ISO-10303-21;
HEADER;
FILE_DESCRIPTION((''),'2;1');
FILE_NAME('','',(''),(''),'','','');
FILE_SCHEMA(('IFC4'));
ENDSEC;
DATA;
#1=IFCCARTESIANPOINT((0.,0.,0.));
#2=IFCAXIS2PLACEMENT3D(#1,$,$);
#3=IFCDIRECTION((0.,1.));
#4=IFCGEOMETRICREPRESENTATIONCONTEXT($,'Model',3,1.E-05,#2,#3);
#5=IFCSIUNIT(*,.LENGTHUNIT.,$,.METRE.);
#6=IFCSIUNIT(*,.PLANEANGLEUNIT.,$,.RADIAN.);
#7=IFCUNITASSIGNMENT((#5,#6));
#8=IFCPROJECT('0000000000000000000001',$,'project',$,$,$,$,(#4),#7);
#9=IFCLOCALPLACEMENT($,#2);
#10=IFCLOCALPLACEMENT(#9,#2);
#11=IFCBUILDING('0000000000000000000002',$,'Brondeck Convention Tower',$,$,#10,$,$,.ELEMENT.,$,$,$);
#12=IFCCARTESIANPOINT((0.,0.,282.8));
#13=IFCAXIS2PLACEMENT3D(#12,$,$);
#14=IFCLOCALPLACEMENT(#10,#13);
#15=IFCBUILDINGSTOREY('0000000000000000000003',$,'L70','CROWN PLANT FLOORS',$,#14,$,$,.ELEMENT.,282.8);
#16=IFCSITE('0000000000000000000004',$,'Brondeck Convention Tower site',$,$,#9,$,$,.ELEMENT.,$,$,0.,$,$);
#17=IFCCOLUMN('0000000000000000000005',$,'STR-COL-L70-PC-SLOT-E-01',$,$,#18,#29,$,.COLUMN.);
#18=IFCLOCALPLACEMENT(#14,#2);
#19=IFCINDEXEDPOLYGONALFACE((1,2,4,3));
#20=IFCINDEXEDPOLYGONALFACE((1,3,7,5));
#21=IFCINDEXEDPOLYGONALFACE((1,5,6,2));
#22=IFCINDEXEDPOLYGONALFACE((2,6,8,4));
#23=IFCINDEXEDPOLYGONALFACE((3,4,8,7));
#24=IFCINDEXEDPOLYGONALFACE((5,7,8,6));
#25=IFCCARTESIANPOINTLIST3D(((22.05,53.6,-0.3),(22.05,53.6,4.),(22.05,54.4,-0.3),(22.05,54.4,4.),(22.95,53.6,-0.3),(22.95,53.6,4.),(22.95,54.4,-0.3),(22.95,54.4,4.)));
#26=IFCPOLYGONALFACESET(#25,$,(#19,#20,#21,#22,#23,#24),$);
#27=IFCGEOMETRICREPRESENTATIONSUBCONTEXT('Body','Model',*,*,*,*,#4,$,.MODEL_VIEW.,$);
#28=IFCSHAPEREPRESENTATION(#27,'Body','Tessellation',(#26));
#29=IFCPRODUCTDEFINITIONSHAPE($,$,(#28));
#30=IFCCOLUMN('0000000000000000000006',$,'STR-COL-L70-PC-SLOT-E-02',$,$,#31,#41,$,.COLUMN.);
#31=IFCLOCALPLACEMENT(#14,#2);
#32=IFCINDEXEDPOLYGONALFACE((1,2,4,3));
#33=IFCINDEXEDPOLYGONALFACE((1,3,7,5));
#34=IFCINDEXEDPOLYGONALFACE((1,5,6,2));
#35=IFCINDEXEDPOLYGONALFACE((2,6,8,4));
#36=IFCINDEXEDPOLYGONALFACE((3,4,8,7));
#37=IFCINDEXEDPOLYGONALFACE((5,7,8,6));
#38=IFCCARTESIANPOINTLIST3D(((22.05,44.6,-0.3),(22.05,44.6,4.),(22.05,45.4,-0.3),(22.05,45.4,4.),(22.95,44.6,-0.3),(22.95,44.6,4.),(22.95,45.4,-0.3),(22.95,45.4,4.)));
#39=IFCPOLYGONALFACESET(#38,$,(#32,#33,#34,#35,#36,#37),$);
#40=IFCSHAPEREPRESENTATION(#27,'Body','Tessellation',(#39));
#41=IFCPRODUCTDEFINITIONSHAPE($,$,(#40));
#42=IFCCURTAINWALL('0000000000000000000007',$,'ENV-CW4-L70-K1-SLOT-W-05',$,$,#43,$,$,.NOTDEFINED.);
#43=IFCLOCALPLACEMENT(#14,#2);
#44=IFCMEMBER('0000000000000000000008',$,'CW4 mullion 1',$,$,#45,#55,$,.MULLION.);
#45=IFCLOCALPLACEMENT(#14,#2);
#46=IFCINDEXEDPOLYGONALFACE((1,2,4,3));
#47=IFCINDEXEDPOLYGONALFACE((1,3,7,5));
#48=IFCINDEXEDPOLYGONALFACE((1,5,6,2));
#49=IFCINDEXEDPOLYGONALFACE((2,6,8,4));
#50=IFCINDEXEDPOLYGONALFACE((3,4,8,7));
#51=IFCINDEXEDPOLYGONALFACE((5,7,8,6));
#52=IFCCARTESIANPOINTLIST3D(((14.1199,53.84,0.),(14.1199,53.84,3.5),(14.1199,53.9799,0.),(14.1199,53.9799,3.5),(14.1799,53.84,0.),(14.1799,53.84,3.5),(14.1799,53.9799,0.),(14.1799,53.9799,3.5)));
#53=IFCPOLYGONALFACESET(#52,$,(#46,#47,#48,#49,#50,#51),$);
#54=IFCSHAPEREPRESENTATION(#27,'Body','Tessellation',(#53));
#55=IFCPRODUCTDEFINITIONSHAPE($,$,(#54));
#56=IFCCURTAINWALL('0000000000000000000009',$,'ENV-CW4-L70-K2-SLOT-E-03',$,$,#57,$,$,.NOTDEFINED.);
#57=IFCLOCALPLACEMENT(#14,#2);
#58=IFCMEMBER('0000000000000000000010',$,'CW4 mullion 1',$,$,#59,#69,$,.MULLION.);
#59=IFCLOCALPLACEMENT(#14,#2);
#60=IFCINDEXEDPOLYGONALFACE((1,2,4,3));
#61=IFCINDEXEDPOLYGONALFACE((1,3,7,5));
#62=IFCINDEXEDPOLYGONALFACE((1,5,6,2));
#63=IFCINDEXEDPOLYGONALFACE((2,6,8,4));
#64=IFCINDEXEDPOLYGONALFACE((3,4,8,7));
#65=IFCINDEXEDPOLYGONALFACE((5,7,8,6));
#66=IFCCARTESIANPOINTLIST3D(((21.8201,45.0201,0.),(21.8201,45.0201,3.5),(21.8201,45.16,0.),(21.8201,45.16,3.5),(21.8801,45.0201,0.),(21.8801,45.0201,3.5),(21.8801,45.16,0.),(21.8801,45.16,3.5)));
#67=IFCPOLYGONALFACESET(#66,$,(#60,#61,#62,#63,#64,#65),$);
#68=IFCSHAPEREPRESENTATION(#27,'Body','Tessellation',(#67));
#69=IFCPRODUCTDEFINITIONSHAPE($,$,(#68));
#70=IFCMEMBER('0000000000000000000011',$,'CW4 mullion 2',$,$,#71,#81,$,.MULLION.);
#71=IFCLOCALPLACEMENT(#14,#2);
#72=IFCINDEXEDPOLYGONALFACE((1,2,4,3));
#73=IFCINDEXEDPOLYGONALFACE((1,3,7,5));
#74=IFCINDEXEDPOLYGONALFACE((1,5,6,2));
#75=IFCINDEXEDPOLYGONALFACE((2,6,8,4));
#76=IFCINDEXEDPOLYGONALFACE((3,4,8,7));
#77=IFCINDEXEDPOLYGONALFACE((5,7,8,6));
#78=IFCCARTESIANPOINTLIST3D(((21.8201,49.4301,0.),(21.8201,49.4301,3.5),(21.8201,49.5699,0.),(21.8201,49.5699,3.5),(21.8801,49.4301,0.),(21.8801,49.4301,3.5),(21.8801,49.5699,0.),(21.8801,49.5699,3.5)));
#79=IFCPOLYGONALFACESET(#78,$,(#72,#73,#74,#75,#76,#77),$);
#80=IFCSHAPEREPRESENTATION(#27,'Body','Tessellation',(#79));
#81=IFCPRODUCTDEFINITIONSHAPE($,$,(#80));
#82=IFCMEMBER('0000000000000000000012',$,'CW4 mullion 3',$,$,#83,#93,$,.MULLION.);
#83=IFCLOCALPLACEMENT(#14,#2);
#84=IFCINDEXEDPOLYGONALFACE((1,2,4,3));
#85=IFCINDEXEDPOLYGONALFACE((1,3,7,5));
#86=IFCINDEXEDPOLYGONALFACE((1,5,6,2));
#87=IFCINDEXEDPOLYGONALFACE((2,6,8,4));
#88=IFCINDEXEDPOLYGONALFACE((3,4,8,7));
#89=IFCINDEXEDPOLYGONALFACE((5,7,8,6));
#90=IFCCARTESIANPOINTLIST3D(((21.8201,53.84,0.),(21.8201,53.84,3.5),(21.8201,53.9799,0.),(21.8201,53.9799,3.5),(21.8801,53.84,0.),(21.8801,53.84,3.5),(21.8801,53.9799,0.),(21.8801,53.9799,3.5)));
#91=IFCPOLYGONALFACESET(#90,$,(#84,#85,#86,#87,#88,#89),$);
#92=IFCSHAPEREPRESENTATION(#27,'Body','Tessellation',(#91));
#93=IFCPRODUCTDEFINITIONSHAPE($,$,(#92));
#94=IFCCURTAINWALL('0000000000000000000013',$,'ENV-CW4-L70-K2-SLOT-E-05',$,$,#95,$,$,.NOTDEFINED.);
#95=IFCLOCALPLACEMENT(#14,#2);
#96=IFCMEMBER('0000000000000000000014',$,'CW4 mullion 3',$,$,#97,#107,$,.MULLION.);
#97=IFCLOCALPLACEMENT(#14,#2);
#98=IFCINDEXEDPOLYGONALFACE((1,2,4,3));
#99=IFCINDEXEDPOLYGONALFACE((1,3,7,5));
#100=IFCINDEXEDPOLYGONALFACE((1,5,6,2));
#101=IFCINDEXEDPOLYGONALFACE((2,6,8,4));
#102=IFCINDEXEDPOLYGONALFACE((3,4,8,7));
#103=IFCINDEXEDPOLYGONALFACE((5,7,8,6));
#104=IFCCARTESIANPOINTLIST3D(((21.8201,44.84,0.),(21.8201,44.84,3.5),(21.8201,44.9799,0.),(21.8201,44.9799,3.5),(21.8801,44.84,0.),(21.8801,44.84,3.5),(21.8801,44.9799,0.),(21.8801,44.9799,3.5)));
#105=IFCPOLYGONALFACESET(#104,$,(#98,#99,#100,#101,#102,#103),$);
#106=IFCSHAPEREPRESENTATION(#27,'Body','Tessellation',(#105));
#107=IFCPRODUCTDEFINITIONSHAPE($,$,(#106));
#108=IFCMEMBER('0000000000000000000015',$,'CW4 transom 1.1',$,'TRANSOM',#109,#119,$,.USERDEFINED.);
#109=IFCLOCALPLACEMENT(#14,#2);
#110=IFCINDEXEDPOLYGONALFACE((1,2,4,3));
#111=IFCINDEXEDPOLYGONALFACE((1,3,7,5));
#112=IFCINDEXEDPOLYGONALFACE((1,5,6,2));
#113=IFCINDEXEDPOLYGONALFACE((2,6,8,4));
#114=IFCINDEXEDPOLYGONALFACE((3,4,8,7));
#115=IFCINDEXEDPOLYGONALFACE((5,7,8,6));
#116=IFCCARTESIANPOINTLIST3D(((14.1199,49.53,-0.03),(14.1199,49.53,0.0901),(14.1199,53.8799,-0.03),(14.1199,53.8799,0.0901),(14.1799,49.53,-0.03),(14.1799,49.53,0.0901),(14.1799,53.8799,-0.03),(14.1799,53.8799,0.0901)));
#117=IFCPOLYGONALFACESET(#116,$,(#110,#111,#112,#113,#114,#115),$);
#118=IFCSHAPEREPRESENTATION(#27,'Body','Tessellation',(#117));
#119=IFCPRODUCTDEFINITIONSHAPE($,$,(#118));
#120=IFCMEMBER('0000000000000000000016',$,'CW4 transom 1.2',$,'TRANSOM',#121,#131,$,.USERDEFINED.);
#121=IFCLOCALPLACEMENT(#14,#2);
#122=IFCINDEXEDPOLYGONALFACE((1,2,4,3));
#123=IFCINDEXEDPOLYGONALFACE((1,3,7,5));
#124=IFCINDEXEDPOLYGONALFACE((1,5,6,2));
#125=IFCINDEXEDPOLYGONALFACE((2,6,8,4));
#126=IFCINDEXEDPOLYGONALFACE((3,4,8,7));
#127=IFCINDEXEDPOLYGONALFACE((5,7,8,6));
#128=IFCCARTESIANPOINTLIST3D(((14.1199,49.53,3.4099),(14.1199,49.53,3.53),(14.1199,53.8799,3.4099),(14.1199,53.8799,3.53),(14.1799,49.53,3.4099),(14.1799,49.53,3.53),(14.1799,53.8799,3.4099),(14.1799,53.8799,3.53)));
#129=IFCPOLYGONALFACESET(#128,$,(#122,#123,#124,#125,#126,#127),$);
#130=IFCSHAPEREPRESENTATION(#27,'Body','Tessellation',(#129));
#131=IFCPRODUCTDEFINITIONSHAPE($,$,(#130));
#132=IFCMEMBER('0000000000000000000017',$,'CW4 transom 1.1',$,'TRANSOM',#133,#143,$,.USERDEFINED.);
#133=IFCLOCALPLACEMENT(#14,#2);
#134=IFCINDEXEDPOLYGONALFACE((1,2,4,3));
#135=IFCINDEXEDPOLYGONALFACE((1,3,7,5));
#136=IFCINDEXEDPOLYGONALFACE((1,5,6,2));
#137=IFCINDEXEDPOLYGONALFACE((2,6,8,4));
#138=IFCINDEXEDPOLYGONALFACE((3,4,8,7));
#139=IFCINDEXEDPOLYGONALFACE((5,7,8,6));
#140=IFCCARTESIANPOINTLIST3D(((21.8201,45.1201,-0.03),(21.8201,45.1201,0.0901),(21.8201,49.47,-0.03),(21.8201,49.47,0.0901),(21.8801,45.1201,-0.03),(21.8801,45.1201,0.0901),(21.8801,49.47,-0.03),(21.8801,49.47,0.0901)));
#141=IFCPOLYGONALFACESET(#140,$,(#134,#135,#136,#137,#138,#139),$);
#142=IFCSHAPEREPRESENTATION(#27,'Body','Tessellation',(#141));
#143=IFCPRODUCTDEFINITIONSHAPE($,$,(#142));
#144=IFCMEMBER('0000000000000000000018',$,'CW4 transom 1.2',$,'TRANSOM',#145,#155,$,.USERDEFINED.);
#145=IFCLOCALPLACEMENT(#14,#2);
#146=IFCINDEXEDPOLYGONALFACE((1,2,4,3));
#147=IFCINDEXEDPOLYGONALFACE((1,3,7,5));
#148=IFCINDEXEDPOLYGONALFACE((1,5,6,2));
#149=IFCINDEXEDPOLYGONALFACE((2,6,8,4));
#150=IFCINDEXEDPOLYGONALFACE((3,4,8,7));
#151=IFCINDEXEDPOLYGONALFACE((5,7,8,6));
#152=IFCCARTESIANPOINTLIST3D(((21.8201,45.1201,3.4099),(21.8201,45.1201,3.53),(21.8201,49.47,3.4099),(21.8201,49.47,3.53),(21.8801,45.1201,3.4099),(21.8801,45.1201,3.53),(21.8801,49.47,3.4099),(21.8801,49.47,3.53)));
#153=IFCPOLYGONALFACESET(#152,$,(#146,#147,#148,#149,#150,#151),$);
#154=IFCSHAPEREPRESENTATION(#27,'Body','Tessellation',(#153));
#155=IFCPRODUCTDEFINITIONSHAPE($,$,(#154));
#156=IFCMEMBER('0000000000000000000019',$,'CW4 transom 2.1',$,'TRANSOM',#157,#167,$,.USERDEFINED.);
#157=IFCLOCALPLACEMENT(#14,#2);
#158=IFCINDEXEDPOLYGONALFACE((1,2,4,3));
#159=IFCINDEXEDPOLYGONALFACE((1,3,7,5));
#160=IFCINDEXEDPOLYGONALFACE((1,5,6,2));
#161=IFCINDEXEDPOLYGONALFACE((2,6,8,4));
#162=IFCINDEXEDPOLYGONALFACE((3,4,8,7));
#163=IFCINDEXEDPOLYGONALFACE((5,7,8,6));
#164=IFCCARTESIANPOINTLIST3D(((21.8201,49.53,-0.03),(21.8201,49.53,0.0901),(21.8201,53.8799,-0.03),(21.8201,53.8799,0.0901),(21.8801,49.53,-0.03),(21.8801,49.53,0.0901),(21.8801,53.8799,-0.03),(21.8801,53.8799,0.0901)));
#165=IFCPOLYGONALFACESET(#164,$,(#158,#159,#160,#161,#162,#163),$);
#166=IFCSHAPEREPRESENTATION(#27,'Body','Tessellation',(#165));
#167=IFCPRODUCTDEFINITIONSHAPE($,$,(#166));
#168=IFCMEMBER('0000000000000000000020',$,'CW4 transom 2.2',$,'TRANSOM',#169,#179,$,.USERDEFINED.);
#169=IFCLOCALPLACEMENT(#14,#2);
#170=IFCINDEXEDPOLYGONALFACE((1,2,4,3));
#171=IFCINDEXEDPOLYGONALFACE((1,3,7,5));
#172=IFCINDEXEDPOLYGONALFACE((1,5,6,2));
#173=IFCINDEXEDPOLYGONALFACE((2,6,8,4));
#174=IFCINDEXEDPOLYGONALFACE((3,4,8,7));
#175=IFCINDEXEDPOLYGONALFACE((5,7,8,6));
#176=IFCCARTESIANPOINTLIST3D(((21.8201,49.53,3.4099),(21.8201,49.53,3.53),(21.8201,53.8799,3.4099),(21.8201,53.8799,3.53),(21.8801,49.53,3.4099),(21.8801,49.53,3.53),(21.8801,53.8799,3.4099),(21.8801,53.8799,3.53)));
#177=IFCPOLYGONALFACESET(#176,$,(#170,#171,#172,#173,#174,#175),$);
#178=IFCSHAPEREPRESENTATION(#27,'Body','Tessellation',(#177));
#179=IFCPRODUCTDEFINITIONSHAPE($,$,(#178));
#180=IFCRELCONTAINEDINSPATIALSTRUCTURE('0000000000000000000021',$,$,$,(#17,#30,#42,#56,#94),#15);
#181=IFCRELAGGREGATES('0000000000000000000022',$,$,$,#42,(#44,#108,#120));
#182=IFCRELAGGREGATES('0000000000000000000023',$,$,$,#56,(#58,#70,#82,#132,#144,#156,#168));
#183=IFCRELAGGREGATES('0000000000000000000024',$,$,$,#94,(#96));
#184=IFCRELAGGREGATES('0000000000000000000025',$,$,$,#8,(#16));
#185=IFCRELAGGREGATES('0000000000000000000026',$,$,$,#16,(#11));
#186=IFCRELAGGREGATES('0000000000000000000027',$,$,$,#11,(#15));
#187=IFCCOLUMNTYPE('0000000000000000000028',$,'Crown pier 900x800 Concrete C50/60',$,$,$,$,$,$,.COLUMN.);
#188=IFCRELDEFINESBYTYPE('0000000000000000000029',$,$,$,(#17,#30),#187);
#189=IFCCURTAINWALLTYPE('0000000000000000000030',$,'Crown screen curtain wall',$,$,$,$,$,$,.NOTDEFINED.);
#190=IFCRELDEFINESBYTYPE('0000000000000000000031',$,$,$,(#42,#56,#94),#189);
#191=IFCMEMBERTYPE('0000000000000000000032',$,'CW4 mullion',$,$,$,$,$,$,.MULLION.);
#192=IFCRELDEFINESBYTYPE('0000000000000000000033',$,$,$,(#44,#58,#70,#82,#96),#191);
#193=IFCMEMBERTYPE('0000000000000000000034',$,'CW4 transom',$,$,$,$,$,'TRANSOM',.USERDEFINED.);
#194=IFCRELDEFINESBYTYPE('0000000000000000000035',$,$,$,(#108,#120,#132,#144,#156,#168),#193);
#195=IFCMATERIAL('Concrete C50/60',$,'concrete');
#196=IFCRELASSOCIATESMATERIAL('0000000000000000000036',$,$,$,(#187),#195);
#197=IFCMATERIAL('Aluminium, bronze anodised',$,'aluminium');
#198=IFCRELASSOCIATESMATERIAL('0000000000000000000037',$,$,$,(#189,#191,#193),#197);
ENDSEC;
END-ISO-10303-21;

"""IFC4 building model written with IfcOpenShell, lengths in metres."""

from ifc_helpers import new_model, si_unit, direction, frame, origin, origin_2d, place, context, subcontext, project, spatial, rectangle, extrude, material, material_profile, profile_set, type_object, element, aggregate, save


model = new_model("IFC4")

# Units and contexts
model_context = context("Model", 3, precision=1e-05, world=origin(), true_north=direction((0.0, 1.0)))
body_context = subcontext(model_context, "Body", "Model", "MODEL_VIEW")
ifc_project = project(units=[si_unit("LENGTHUNIT", "METRE"), si_unit("PLANEANGLEUNIT", "RADIAN")], contexts=[model_context])

# Site, building, storey
site_placement = place(None, origin())
site = spatial("IfcSite", under=ifc_project, at=site_placement, Name="Brondeck Convention Tower site", CompositionType="ELEMENT", RefElevation=0.0)
building_placement = place(site_placement, origin())
building = spatial("IfcBuilding", under=site, at=building_placement, Name="Brondeck Convention Tower", CompositionType="ELEMENT")
storey_placement = place(building_placement, frame((0.0, 0.0, 282.8)))
storey = spatial("IfcBuildingStorey", under=building, at=storey_placement, Name="L70", Description="CROWN PLANT FLOORS", CompositionType="ELEMENT", Elevation=282.8)

# Columns
ifc_material_1 = material(Name="Concrete C50/60", Category="concrete")
ifc_material_profile_1 = material_profile(ifc_material_1, rectangle(XDim=0.8999, YDim=0.8, at=origin_2d()), Name="Crown pier 900x800 Concrete C50/60")
ifc_profile_set_1 = profile_set([ifc_material_profile_1], Name="Concrete C50/60")
column_type = type_object("IfcColumnType", Name="Crown pier 900x800 Concrete C50/60", PredefinedType="COLUMN", material=ifc_profile_set_1)
for number, where, z_axis, x_axis, name in (
    (1, (22.5, 54.0, -0.3), (0.0, 0.0, 1.0), (1.0, 0.0, 0.0), "STR-COL-L70-PC-SLOT-E-01"),
    (2, (22.5, 45.0, -0.3), (0.0, 0.0, 1.0), (1.0, 0.0, 0.0), "STR-COL-L70-PC-SLOT-E-02"),
):
    element("IfcColumn", number, at=place(storey_placement, frame(where, z_axis=z_axis, x_axis=x_axis)), inside=storey, type_object=column_type, Name=name, PredefinedType="COLUMN", context=body_context, shape_type="SweptSolid", body=[
        extrude(rectangle(XDim=0.8999, YDim=0.8, at=origin_2d()), origin(), (0.0, 0.0, 1.0), 4.3),
    ])

# Curtain wall, member
ifc_material_2 = material(Name="Aluminium, bronze anodised", Category="aluminium")
curtain_wall_type = type_object("IfcCurtainWallType", Name="Crown screen curtain wall", PredefinedType="NOTDEFINED", material=ifc_material_2)
curtain_wall_1_placement = place(storey_placement, origin())
curtain_wall_1 = element("IfcCurtainWall", 3, at=curtain_wall_1_placement, inside=storey, type_object=curtain_wall_type, Name="ENV-CW4-L70-K1-SLOT-W-05", PredefinedType="NOTDEFINED")
ifc_material_profile_2 = material_profile(ifc_material_2, rectangle(XDim=0.0601, YDim=0.1399, at=origin_2d()), Name="CW4 mullion")
ifc_profile_set_2 = profile_set([ifc_material_profile_2], Name="Aluminium, bronze anodised")
member_type_1 = type_object("IfcMemberType", Name="CW4 mullion", PredefinedType="MULLION", material=ifc_profile_set_2)
member_1_placement = place(storey_placement, frame((14.1499, 53.9099, 0.0), z_axis=(0.0, 0.0, 1.0), x_axis=(1.0, 0.0, 0.0)))
member_1 = element("IfcMember", 4, at=member_1_placement, type_object=member_type_1, Name="CW4 mullion 1", PredefinedType="MULLION", context=body_context, shape_type="SweptSolid", body=[
    extrude(rectangle(XDim=0.0601, YDim=0.1399, at=origin_2d()), origin(), (0.0, 0.0, 1.0), 3.5),
])

# Curtain wall, members
curtain_wall_2_placement = place(storey_placement, origin())
curtain_wall_2 = element("IfcCurtainWall", 5, at=curtain_wall_2_placement, inside=storey, type_object=curtain_wall_type, Name="ENV-CW4-L70-K2-SLOT-E-03", PredefinedType="NOTDEFINED")
member_2_placement = place(storey_placement, frame((21.8501, 45.0901, 0.0), z_axis=(0.0, 0.0, 1.0), x_axis=(-1.0, 0.0, 0.0)))
member_2 = element("IfcMember", 6, at=member_2_placement, type_object=member_type_1, Name="CW4 mullion 1", PredefinedType="MULLION", context=body_context, shape_type="SweptSolid", body=[
    extrude(rectangle(XDim=0.0601, YDim=0.1399, at=origin_2d()), origin(), (0.0, 0.0, 1.0), 3.5),
])
member_3_placement = place(storey_placement, frame((21.8501, 49.5, 0.0), z_axis=(0.0, 0.0, 1.0), x_axis=(-1.0, 0.0, 0.0)))
member_3 = element("IfcMember", 7, at=member_3_placement, type_object=member_type_1, Name="CW4 mullion 2", PredefinedType="MULLION", context=body_context, shape_type="SweptSolid", body=[
    extrude(rectangle(XDim=0.0601, YDim=0.1399, at=origin_2d()), origin(), (0.0, 0.0, 1.0), 3.5),
])
member_4_placement = place(storey_placement, frame((21.8501, 53.9099, 0.0), z_axis=(0.0, 0.0, 1.0), x_axis=(-1.0, 0.0, 0.0)))
member_4 = element("IfcMember", 8, at=member_4_placement, type_object=member_type_1, Name="CW4 mullion 3", PredefinedType="MULLION", context=body_context, shape_type="SweptSolid", body=[
    extrude(rectangle(XDim=0.0601, YDim=0.1399, at=origin_2d()), origin(), (0.0, 0.0, 1.0), 3.5),
])

# Curtain wall, member
curtain_wall_3_placement = place(storey_placement, origin())
curtain_wall_3 = element("IfcCurtainWall", 9, at=curtain_wall_3_placement, inside=storey, type_object=curtain_wall_type, Name="ENV-CW4-L70-K2-SLOT-E-05", PredefinedType="NOTDEFINED")
member_5_placement = place(storey_placement, frame((21.8501, 44.9099, 0.0), z_axis=(0.0, 0.0, 1.0), x_axis=(-1.0, 0.0, 0.0)))
member_5 = element("IfcMember", 10, at=member_5_placement, type_object=member_type_1, Name="CW4 mullion 3", PredefinedType="MULLION", context=body_context, shape_type="SweptSolid", body=[
    extrude(rectangle(XDim=0.0601, YDim=0.1399, at=origin_2d()), origin(), (0.0, 0.0, 1.0), 3.5),
])

# Members
ifc_material_profile_3 = material_profile(ifc_material_2, rectangle(XDim=0.0601, YDim=0.1201, at=origin_2d()), Name="CW4 transom")
ifc_profile_set_3 = profile_set([ifc_material_profile_3], Name="Aluminium, bronze anodised")
member_type_2 = type_object("IfcMemberType", Name="CW4 transom", ElementType="TRANSOM", PredefinedType="USERDEFINED", material=ifc_profile_set_3)
member_6_placement = place(storey_placement, frame((14.1499, 53.8799, 0.03), z_axis=(0.0, -1.0, 0.0), x_axis=(1.0, 0.0, 0.0)))
member_6 = element("IfcMember", 11, at=member_6_placement, type_object=member_type_2, Name="CW4 transom 1.1", ObjectType="TRANSOM", PredefinedType="USERDEFINED", context=body_context, shape_type="SweptSolid", body=[
    extrude(rectangle(XDim=0.0601, YDim=0.1201, at=origin_2d()), origin(), (0.0, 0.0, 1.0), 4.3499),
])
member_7_placement = place(storey_placement, frame((14.1499, 53.8799, 3.47), z_axis=(0.0, -1.0, 0.0), x_axis=(1.0, 0.0, 0.0)))
member_7 = element("IfcMember", 12, at=member_7_placement, type_object=member_type_2, Name="CW4 transom 1.2", ObjectType="TRANSOM", PredefinedType="USERDEFINED", context=body_context, shape_type="SweptSolid", body=[
    extrude(rectangle(XDim=0.0601, YDim=0.1201, at=origin_2d()), origin(), (0.0, 0.0, 1.0), 4.3499),
])
aggregate(curtain_wall_1, [member_1, member_6, member_7])
member_8_placement = place(storey_placement, frame((21.8501, 45.1201, 0.03), z_axis=(0.0, 1.0, 0.0), x_axis=(-1.0, 0.0, 0.0)))
member_8 = element("IfcMember", 13, at=member_8_placement, type_object=member_type_2, Name="CW4 transom 1.1", ObjectType="TRANSOM", PredefinedType="USERDEFINED", context=body_context, shape_type="SweptSolid", body=[
    extrude(rectangle(XDim=0.0601, YDim=0.1201, at=origin_2d()), origin(), (0.0, 0.0, 1.0), 4.3499),
])
member_9_placement = place(storey_placement, frame((21.8501, 45.1201, 3.47), z_axis=(0.0, 1.0, 0.0), x_axis=(-1.0, 0.0, 0.0)))
member_9 = element("IfcMember", 14, at=member_9_placement, type_object=member_type_2, Name="CW4 transom 1.2", ObjectType="TRANSOM", PredefinedType="USERDEFINED", context=body_context, shape_type="SweptSolid", body=[
    extrude(rectangle(XDim=0.0601, YDim=0.1201, at=origin_2d()), origin(), (0.0, 0.0, 1.0), 4.3499),
])
member_10_placement = place(storey_placement, frame((21.8501, 49.53, 0.03), z_axis=(0.0, 1.0, 0.0), x_axis=(-1.0, 0.0, 0.0)))
member_10 = element("IfcMember", 15, at=member_10_placement, type_object=member_type_2, Name="CW4 transom 2.1", ObjectType="TRANSOM", PredefinedType="USERDEFINED", context=body_context, shape_type="SweptSolid", body=[
    extrude(rectangle(XDim=0.0601, YDim=0.1201, at=origin_2d()), origin(), (0.0, 0.0, 1.0), 4.3499),
])
member_11_placement = place(storey_placement, frame((21.8501, 49.53, 3.47), z_axis=(0.0, 1.0, 0.0), x_axis=(-1.0, 0.0, 0.0)))
member_11 = element("IfcMember", 16, at=member_11_placement, type_object=member_type_2, Name="CW4 transom 2.2", ObjectType="TRANSOM", PredefinedType="USERDEFINED", context=body_context, shape_type="SweptSolid", body=[
    extrude(rectangle(XDim=0.0601, YDim=0.1201, at=origin_2d()), origin(), (0.0, 0.0, 1.0), 4.3499),
])

aggregate(curtain_wall_2, [member_2, member_3, member_4, member_8, member_9, member_10, member_11])
aggregate(curtain_wall_3, [member_5])

save(model, "model.ifc")
